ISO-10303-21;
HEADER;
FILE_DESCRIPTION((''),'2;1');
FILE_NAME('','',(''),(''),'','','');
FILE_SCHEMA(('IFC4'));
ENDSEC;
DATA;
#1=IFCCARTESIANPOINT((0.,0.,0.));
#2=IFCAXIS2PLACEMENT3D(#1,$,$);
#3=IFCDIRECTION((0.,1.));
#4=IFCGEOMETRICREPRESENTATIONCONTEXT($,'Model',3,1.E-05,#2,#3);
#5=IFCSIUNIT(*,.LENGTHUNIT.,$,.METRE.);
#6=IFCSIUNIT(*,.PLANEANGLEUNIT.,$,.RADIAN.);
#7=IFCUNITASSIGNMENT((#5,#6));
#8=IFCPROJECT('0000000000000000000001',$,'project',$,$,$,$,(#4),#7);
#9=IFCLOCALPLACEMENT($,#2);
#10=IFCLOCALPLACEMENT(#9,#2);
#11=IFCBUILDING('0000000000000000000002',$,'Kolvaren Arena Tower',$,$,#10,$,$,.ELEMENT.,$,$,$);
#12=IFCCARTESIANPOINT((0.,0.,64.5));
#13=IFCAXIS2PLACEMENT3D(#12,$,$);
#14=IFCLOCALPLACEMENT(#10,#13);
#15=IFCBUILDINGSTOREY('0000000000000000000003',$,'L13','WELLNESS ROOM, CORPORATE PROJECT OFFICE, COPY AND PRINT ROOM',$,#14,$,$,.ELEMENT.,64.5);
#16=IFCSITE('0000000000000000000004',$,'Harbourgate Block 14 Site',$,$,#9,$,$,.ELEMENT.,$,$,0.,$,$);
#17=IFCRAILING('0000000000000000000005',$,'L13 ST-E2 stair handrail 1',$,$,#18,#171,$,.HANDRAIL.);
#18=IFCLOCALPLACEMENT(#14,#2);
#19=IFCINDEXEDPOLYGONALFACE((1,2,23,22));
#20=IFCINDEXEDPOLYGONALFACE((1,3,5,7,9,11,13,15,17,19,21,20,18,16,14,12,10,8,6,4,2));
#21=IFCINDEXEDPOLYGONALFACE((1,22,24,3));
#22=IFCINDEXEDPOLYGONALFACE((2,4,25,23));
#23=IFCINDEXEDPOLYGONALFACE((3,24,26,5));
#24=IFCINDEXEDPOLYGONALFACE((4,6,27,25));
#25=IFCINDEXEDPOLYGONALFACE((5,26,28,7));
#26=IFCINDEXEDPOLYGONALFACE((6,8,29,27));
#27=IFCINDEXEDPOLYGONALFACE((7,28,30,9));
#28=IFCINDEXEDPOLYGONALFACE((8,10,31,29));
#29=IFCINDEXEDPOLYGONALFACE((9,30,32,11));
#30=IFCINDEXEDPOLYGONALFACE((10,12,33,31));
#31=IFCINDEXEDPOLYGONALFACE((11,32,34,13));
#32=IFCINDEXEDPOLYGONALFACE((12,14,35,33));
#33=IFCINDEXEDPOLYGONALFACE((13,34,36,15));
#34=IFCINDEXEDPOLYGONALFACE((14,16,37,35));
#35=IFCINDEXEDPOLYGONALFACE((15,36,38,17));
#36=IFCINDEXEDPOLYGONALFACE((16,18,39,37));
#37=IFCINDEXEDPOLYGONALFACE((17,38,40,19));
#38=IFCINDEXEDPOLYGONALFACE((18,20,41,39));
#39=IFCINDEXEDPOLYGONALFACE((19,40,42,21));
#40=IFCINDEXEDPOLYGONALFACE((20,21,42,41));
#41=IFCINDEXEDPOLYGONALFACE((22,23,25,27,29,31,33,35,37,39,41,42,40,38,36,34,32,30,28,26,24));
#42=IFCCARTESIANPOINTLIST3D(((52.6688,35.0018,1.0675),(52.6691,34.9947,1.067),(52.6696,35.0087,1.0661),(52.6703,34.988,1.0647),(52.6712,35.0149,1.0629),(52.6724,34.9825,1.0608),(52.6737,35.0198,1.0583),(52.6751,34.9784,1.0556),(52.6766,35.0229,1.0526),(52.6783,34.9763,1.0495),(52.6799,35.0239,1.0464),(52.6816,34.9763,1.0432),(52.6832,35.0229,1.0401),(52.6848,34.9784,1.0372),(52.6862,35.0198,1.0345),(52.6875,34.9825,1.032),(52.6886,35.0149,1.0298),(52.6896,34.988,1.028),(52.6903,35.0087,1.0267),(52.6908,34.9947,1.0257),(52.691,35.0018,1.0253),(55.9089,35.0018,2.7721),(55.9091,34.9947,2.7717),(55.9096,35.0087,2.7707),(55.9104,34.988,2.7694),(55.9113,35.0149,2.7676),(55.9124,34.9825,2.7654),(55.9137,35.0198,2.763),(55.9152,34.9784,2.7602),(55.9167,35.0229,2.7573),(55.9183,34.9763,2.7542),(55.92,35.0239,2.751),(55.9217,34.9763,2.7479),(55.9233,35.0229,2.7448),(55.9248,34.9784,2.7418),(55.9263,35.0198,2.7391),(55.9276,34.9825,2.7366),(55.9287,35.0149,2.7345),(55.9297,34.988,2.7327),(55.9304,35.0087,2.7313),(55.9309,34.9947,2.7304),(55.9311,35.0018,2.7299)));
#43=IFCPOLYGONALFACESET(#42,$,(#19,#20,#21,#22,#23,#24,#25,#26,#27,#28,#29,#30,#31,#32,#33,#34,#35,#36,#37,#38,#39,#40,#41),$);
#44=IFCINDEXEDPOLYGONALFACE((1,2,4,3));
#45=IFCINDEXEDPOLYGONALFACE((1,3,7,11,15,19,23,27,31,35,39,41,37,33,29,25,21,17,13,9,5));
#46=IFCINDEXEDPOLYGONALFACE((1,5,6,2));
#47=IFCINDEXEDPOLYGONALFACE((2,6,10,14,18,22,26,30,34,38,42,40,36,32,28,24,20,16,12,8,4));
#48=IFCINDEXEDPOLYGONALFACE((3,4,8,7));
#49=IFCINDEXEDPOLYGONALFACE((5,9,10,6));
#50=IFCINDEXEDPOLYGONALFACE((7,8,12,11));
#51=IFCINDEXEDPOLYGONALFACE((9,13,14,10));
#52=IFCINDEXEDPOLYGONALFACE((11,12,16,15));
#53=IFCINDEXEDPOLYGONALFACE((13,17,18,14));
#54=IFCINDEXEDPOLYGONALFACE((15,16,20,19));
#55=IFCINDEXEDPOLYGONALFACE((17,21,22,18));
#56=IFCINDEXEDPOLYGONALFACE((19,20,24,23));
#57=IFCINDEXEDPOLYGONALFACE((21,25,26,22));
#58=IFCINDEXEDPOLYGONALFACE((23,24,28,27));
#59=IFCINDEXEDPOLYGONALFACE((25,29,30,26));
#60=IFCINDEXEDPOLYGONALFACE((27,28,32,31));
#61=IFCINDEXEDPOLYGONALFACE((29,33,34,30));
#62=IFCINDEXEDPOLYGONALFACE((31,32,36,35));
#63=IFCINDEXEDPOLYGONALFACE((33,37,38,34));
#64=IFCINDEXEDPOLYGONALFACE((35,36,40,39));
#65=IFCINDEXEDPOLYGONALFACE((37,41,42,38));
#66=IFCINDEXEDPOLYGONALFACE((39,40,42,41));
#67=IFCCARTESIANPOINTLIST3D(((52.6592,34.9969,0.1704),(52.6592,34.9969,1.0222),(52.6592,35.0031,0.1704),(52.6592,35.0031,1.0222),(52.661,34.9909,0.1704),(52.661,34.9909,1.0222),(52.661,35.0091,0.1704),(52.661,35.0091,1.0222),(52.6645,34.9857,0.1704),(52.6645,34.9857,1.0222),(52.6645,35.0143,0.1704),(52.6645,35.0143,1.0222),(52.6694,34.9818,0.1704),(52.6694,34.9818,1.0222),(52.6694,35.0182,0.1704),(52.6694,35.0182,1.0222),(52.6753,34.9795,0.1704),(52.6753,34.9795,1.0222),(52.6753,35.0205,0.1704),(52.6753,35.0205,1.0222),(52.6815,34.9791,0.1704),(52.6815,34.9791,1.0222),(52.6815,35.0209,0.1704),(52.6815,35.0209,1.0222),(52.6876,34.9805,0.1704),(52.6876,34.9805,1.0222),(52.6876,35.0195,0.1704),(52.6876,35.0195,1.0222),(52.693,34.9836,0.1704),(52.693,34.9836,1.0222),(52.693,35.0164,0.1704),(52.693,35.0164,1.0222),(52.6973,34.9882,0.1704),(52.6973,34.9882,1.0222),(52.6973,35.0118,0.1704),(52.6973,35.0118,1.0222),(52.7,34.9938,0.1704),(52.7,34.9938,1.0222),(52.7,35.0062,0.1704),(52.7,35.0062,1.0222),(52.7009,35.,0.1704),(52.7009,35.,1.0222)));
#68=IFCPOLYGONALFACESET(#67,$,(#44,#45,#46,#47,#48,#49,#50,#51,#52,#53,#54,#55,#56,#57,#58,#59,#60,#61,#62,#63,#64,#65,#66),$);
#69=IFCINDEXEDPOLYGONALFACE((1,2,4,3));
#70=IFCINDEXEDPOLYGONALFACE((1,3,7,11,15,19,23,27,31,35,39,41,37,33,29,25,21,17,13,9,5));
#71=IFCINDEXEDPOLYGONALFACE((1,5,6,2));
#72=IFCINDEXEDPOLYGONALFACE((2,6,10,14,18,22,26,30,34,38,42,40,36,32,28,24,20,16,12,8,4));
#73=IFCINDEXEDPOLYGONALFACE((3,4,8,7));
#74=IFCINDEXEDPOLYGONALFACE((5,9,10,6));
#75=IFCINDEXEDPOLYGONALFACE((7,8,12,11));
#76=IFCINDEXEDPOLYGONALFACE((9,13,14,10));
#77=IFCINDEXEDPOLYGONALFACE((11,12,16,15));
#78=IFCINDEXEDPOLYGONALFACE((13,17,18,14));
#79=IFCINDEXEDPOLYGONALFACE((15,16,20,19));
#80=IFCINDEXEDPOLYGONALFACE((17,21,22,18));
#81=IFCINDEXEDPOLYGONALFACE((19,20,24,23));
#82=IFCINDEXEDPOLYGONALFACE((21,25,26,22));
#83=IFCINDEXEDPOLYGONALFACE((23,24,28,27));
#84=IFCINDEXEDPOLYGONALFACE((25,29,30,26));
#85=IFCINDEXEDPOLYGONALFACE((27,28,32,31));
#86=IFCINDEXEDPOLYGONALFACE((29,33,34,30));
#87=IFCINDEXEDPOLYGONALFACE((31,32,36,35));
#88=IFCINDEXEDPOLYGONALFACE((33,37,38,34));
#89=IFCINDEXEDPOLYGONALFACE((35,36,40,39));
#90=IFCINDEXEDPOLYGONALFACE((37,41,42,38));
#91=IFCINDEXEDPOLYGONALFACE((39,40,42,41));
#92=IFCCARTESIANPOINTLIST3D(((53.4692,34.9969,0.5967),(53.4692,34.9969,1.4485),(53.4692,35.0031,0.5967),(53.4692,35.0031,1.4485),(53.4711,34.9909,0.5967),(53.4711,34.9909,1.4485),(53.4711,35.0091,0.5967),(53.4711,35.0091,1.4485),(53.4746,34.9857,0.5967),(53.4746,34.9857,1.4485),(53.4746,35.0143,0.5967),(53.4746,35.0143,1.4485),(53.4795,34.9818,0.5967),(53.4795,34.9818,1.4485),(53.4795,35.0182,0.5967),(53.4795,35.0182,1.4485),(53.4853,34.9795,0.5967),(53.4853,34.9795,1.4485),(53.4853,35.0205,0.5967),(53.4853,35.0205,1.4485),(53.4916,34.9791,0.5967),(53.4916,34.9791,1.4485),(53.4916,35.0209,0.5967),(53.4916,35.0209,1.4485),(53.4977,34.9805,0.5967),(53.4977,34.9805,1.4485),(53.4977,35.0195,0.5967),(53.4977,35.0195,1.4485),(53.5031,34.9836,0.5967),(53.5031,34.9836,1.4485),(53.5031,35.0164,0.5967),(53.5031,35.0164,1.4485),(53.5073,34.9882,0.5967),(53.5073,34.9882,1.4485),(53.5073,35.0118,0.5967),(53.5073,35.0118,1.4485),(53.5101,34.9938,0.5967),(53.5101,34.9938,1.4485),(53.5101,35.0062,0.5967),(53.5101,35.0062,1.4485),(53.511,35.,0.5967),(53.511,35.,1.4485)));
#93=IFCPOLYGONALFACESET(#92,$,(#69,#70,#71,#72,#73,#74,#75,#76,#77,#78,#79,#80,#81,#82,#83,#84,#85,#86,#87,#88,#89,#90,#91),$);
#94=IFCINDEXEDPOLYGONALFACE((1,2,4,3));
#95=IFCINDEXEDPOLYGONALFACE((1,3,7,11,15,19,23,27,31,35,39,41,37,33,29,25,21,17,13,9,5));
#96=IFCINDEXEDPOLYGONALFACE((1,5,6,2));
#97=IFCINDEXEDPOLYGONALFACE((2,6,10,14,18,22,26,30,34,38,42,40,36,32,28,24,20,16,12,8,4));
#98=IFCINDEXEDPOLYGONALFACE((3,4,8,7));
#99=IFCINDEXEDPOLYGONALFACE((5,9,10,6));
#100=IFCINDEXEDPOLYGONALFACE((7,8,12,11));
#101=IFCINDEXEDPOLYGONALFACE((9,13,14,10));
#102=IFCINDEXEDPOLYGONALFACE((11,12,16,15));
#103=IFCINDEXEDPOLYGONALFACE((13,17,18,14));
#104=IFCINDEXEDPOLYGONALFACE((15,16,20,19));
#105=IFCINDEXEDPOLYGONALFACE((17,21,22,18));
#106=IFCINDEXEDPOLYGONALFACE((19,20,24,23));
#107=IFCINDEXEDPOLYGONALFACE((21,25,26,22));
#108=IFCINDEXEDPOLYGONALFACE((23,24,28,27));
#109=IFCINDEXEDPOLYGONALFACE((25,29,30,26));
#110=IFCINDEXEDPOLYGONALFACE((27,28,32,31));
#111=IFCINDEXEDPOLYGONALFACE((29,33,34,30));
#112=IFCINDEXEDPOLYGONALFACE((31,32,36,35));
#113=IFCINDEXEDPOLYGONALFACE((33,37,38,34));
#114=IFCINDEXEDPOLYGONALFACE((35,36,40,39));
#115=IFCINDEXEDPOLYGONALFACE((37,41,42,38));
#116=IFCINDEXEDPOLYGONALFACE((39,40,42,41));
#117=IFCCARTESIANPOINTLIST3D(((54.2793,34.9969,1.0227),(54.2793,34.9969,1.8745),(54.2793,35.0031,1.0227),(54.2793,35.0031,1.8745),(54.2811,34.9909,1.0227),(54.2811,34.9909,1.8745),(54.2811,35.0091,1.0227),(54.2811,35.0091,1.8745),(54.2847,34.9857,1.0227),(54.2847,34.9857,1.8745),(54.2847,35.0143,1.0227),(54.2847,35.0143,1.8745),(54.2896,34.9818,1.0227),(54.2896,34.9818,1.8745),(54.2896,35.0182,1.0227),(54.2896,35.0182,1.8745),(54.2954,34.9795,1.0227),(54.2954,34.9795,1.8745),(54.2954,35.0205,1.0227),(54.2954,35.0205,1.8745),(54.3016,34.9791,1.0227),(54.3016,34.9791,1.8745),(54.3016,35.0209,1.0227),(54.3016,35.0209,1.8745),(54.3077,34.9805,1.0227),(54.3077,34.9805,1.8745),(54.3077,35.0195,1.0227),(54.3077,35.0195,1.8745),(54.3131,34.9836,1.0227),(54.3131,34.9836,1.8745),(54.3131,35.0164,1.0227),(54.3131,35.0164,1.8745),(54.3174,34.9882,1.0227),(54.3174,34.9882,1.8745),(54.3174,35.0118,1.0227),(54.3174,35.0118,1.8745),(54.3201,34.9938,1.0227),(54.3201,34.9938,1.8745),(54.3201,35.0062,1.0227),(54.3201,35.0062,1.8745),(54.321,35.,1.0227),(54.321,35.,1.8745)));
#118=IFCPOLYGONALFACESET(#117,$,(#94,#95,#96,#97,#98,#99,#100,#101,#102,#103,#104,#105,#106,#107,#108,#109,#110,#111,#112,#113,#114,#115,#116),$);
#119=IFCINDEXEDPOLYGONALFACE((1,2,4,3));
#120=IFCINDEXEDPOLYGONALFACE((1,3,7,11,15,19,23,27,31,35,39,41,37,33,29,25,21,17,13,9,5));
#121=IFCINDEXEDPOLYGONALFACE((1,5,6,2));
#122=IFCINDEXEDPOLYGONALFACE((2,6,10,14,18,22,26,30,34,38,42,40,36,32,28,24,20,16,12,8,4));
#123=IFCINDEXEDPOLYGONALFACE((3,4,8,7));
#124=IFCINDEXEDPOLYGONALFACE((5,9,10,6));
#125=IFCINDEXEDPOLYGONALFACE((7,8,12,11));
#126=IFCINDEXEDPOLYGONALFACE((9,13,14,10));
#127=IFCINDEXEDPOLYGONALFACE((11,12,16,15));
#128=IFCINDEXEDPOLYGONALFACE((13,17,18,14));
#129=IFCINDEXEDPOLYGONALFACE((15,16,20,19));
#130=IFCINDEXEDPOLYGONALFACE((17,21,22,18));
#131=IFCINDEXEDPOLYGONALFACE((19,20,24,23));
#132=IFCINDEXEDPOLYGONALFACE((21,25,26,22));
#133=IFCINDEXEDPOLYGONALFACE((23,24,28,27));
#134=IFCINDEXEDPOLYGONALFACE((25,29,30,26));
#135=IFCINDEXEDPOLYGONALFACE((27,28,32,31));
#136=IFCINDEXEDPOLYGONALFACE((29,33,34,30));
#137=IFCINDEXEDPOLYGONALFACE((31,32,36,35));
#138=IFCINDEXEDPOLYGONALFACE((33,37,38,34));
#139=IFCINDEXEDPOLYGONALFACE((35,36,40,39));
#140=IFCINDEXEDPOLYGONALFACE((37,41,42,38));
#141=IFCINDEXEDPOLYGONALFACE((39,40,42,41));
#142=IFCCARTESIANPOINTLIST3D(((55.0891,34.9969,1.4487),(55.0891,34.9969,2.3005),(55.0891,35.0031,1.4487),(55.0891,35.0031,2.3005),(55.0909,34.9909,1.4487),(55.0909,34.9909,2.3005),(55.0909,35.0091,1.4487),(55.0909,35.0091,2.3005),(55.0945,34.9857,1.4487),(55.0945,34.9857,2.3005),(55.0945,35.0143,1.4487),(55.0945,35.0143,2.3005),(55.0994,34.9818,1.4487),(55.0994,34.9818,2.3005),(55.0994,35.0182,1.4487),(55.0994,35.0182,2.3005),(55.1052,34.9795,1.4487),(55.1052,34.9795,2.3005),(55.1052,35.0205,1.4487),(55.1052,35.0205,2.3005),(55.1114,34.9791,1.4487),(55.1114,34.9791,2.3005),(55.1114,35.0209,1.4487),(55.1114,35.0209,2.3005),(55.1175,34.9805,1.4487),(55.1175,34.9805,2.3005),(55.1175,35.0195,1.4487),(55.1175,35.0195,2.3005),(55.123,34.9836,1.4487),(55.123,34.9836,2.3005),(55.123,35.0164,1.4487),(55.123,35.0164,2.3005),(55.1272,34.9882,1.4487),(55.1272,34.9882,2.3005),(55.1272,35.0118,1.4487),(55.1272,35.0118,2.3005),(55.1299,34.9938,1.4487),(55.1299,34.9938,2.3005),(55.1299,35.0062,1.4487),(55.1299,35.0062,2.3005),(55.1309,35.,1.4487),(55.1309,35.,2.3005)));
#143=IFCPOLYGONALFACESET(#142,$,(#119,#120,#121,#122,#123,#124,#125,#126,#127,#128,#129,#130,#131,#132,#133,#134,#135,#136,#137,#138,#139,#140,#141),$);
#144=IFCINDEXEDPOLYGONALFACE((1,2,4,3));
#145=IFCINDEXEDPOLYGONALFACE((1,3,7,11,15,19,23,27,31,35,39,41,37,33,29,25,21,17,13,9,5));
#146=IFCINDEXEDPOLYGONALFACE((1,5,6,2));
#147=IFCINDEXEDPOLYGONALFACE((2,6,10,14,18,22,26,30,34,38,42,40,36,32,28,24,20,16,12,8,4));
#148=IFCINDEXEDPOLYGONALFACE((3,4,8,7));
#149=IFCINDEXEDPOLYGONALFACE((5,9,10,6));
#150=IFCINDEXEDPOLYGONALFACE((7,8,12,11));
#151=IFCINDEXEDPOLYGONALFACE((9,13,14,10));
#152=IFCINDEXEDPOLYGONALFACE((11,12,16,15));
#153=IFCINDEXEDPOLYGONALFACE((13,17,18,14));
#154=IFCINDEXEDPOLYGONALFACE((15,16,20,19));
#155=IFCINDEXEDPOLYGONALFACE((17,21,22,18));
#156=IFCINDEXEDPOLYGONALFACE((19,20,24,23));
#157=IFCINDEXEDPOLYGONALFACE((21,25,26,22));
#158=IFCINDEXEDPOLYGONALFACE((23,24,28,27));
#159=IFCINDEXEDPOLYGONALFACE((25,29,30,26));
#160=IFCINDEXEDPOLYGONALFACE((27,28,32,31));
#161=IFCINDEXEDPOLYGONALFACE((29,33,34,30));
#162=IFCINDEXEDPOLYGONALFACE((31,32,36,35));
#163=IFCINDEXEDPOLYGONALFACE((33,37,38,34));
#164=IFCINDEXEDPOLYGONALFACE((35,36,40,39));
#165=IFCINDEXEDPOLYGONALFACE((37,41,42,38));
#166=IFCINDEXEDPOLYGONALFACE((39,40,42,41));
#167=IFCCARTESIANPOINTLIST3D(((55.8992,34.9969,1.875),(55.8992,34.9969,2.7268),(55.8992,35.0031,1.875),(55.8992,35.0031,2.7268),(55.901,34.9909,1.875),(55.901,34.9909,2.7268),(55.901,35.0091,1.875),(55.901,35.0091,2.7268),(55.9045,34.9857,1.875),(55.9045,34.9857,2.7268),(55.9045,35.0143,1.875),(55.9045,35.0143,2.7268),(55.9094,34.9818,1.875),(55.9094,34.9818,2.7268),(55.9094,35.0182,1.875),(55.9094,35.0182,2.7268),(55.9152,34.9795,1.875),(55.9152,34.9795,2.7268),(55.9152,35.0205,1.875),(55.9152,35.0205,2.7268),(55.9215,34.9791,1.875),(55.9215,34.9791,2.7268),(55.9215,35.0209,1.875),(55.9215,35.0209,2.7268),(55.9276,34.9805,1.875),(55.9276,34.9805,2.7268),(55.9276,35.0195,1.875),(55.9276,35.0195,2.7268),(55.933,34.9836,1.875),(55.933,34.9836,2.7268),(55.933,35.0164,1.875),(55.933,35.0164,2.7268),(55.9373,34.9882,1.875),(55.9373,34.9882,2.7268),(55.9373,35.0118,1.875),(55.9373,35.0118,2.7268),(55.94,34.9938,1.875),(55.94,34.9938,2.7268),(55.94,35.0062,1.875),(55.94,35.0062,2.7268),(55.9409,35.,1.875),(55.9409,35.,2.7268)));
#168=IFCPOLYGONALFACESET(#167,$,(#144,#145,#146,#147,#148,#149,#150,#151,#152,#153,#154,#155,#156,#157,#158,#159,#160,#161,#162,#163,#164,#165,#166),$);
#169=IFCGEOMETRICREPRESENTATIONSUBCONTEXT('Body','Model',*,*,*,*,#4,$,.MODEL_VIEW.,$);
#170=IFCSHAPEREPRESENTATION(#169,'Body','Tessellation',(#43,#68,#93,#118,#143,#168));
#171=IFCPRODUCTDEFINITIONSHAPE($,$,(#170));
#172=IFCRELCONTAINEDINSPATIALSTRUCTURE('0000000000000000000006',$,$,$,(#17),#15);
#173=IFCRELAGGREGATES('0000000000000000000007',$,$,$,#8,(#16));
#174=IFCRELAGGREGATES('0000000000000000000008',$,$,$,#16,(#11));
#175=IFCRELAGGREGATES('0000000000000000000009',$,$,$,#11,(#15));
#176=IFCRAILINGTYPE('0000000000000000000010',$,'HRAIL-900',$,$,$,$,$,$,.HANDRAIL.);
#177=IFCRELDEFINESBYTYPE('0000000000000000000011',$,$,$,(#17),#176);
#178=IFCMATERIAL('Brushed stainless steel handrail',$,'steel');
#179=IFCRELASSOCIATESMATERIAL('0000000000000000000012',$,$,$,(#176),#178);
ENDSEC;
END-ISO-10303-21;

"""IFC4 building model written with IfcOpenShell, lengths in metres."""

from ifc_helpers import new_model, si_unit, direction, frame, origin, origin_2d, place, context, subcontext, project, spatial, circle, extrude, material, type_object, element, save


model = new_model("IFC4")

# Units and contexts
model_context = context("Model", 3, precision=1e-05, world=origin(), true_north=direction((0.0, 1.0)))
body_context = subcontext(model_context, "Body", "Model", "MODEL_VIEW")
ifc_project = project(units=[si_unit("LENGTHUNIT", "METRE"), si_unit("PLANEANGLEUNIT", "RADIAN")], contexts=[model_context])

# Site, building, storey
site_placement = place(None, origin())
site = spatial("IfcSite", under=ifc_project, at=site_placement, Name="Harbourgate Block 14 Site", CompositionType="ELEMENT", RefElevation=0.0)
building_placement = place(site_placement, origin())
building = spatial("IfcBuilding", under=site, at=building_placement, Name="Kolvaren Arena Tower", CompositionType="ELEMENT")
storey_placement = place(building_placement, frame((0.0, 0.0, 64.5)))
storey = spatial("IfcBuildingStorey", under=building, at=storey_placement, Name="L13", Description="WELLNESS ROOM, CORPORATE PROJECT OFFICE, COPY AND PRINT ROOM", CompositionType="ELEMENT", Elevation=64.5)

# Railing
ifc_material_1 = material(Name="Brushed stainless steel handrail", Category="steel")
railing_type_1 = type_object("IfcRailingType", Name="HRAIL-900", PredefinedType="HANDRAIL", material=ifc_material_1)
for number, where, name in (
    (1, (52.6799, 35.0, 0.1704), "L13 ST-E2 stair handrail 1"),
):
    element("IfcRailing", number, at=place(storey_placement, frame(where)), inside=storey, type_object=railing_type_1, Name=name, PredefinedType="HANDRAIL", context=body_context, shape_type="SweptSolid", body=[
        extrude(circle(Radius=0.0239, at=origin_2d()), frame((0.0, 0.0, 0.876), z_axis=(0.884993, 0.0, 0.465604), x_axis=(0.0, 1.0, 0.0)), (0.0, 0.0, 1.0), 3.6611),
        extrude(circle(Radius=0.021, at=origin_2d()), origin(), (0.0, 0.0, 1.0), 0.8518),
        extrude(circle(Radius=0.021, at=origin_2d()), frame((0.8101, 0.0, 0.4263)), (0.0, 0.0, 1.0), 0.8518),
        extrude(circle(Radius=0.021, at=origin_2d()), frame((1.6201, 0.0, 0.8523)), (0.0, 0.0, 1.0), 0.8518),
        extrude(circle(Radius=0.021, at=origin_2d()), frame((2.4299, 0.0, 1.2783)), (0.0, 0.0, 1.0), 0.8518),
        extrude(circle(Radius=0.021, at=origin_2d()), frame((3.24, 0.0, 1.7046)), (0.0, 0.0, 1.0), 0.8518),
    ])

save(model, "model.ifc")
